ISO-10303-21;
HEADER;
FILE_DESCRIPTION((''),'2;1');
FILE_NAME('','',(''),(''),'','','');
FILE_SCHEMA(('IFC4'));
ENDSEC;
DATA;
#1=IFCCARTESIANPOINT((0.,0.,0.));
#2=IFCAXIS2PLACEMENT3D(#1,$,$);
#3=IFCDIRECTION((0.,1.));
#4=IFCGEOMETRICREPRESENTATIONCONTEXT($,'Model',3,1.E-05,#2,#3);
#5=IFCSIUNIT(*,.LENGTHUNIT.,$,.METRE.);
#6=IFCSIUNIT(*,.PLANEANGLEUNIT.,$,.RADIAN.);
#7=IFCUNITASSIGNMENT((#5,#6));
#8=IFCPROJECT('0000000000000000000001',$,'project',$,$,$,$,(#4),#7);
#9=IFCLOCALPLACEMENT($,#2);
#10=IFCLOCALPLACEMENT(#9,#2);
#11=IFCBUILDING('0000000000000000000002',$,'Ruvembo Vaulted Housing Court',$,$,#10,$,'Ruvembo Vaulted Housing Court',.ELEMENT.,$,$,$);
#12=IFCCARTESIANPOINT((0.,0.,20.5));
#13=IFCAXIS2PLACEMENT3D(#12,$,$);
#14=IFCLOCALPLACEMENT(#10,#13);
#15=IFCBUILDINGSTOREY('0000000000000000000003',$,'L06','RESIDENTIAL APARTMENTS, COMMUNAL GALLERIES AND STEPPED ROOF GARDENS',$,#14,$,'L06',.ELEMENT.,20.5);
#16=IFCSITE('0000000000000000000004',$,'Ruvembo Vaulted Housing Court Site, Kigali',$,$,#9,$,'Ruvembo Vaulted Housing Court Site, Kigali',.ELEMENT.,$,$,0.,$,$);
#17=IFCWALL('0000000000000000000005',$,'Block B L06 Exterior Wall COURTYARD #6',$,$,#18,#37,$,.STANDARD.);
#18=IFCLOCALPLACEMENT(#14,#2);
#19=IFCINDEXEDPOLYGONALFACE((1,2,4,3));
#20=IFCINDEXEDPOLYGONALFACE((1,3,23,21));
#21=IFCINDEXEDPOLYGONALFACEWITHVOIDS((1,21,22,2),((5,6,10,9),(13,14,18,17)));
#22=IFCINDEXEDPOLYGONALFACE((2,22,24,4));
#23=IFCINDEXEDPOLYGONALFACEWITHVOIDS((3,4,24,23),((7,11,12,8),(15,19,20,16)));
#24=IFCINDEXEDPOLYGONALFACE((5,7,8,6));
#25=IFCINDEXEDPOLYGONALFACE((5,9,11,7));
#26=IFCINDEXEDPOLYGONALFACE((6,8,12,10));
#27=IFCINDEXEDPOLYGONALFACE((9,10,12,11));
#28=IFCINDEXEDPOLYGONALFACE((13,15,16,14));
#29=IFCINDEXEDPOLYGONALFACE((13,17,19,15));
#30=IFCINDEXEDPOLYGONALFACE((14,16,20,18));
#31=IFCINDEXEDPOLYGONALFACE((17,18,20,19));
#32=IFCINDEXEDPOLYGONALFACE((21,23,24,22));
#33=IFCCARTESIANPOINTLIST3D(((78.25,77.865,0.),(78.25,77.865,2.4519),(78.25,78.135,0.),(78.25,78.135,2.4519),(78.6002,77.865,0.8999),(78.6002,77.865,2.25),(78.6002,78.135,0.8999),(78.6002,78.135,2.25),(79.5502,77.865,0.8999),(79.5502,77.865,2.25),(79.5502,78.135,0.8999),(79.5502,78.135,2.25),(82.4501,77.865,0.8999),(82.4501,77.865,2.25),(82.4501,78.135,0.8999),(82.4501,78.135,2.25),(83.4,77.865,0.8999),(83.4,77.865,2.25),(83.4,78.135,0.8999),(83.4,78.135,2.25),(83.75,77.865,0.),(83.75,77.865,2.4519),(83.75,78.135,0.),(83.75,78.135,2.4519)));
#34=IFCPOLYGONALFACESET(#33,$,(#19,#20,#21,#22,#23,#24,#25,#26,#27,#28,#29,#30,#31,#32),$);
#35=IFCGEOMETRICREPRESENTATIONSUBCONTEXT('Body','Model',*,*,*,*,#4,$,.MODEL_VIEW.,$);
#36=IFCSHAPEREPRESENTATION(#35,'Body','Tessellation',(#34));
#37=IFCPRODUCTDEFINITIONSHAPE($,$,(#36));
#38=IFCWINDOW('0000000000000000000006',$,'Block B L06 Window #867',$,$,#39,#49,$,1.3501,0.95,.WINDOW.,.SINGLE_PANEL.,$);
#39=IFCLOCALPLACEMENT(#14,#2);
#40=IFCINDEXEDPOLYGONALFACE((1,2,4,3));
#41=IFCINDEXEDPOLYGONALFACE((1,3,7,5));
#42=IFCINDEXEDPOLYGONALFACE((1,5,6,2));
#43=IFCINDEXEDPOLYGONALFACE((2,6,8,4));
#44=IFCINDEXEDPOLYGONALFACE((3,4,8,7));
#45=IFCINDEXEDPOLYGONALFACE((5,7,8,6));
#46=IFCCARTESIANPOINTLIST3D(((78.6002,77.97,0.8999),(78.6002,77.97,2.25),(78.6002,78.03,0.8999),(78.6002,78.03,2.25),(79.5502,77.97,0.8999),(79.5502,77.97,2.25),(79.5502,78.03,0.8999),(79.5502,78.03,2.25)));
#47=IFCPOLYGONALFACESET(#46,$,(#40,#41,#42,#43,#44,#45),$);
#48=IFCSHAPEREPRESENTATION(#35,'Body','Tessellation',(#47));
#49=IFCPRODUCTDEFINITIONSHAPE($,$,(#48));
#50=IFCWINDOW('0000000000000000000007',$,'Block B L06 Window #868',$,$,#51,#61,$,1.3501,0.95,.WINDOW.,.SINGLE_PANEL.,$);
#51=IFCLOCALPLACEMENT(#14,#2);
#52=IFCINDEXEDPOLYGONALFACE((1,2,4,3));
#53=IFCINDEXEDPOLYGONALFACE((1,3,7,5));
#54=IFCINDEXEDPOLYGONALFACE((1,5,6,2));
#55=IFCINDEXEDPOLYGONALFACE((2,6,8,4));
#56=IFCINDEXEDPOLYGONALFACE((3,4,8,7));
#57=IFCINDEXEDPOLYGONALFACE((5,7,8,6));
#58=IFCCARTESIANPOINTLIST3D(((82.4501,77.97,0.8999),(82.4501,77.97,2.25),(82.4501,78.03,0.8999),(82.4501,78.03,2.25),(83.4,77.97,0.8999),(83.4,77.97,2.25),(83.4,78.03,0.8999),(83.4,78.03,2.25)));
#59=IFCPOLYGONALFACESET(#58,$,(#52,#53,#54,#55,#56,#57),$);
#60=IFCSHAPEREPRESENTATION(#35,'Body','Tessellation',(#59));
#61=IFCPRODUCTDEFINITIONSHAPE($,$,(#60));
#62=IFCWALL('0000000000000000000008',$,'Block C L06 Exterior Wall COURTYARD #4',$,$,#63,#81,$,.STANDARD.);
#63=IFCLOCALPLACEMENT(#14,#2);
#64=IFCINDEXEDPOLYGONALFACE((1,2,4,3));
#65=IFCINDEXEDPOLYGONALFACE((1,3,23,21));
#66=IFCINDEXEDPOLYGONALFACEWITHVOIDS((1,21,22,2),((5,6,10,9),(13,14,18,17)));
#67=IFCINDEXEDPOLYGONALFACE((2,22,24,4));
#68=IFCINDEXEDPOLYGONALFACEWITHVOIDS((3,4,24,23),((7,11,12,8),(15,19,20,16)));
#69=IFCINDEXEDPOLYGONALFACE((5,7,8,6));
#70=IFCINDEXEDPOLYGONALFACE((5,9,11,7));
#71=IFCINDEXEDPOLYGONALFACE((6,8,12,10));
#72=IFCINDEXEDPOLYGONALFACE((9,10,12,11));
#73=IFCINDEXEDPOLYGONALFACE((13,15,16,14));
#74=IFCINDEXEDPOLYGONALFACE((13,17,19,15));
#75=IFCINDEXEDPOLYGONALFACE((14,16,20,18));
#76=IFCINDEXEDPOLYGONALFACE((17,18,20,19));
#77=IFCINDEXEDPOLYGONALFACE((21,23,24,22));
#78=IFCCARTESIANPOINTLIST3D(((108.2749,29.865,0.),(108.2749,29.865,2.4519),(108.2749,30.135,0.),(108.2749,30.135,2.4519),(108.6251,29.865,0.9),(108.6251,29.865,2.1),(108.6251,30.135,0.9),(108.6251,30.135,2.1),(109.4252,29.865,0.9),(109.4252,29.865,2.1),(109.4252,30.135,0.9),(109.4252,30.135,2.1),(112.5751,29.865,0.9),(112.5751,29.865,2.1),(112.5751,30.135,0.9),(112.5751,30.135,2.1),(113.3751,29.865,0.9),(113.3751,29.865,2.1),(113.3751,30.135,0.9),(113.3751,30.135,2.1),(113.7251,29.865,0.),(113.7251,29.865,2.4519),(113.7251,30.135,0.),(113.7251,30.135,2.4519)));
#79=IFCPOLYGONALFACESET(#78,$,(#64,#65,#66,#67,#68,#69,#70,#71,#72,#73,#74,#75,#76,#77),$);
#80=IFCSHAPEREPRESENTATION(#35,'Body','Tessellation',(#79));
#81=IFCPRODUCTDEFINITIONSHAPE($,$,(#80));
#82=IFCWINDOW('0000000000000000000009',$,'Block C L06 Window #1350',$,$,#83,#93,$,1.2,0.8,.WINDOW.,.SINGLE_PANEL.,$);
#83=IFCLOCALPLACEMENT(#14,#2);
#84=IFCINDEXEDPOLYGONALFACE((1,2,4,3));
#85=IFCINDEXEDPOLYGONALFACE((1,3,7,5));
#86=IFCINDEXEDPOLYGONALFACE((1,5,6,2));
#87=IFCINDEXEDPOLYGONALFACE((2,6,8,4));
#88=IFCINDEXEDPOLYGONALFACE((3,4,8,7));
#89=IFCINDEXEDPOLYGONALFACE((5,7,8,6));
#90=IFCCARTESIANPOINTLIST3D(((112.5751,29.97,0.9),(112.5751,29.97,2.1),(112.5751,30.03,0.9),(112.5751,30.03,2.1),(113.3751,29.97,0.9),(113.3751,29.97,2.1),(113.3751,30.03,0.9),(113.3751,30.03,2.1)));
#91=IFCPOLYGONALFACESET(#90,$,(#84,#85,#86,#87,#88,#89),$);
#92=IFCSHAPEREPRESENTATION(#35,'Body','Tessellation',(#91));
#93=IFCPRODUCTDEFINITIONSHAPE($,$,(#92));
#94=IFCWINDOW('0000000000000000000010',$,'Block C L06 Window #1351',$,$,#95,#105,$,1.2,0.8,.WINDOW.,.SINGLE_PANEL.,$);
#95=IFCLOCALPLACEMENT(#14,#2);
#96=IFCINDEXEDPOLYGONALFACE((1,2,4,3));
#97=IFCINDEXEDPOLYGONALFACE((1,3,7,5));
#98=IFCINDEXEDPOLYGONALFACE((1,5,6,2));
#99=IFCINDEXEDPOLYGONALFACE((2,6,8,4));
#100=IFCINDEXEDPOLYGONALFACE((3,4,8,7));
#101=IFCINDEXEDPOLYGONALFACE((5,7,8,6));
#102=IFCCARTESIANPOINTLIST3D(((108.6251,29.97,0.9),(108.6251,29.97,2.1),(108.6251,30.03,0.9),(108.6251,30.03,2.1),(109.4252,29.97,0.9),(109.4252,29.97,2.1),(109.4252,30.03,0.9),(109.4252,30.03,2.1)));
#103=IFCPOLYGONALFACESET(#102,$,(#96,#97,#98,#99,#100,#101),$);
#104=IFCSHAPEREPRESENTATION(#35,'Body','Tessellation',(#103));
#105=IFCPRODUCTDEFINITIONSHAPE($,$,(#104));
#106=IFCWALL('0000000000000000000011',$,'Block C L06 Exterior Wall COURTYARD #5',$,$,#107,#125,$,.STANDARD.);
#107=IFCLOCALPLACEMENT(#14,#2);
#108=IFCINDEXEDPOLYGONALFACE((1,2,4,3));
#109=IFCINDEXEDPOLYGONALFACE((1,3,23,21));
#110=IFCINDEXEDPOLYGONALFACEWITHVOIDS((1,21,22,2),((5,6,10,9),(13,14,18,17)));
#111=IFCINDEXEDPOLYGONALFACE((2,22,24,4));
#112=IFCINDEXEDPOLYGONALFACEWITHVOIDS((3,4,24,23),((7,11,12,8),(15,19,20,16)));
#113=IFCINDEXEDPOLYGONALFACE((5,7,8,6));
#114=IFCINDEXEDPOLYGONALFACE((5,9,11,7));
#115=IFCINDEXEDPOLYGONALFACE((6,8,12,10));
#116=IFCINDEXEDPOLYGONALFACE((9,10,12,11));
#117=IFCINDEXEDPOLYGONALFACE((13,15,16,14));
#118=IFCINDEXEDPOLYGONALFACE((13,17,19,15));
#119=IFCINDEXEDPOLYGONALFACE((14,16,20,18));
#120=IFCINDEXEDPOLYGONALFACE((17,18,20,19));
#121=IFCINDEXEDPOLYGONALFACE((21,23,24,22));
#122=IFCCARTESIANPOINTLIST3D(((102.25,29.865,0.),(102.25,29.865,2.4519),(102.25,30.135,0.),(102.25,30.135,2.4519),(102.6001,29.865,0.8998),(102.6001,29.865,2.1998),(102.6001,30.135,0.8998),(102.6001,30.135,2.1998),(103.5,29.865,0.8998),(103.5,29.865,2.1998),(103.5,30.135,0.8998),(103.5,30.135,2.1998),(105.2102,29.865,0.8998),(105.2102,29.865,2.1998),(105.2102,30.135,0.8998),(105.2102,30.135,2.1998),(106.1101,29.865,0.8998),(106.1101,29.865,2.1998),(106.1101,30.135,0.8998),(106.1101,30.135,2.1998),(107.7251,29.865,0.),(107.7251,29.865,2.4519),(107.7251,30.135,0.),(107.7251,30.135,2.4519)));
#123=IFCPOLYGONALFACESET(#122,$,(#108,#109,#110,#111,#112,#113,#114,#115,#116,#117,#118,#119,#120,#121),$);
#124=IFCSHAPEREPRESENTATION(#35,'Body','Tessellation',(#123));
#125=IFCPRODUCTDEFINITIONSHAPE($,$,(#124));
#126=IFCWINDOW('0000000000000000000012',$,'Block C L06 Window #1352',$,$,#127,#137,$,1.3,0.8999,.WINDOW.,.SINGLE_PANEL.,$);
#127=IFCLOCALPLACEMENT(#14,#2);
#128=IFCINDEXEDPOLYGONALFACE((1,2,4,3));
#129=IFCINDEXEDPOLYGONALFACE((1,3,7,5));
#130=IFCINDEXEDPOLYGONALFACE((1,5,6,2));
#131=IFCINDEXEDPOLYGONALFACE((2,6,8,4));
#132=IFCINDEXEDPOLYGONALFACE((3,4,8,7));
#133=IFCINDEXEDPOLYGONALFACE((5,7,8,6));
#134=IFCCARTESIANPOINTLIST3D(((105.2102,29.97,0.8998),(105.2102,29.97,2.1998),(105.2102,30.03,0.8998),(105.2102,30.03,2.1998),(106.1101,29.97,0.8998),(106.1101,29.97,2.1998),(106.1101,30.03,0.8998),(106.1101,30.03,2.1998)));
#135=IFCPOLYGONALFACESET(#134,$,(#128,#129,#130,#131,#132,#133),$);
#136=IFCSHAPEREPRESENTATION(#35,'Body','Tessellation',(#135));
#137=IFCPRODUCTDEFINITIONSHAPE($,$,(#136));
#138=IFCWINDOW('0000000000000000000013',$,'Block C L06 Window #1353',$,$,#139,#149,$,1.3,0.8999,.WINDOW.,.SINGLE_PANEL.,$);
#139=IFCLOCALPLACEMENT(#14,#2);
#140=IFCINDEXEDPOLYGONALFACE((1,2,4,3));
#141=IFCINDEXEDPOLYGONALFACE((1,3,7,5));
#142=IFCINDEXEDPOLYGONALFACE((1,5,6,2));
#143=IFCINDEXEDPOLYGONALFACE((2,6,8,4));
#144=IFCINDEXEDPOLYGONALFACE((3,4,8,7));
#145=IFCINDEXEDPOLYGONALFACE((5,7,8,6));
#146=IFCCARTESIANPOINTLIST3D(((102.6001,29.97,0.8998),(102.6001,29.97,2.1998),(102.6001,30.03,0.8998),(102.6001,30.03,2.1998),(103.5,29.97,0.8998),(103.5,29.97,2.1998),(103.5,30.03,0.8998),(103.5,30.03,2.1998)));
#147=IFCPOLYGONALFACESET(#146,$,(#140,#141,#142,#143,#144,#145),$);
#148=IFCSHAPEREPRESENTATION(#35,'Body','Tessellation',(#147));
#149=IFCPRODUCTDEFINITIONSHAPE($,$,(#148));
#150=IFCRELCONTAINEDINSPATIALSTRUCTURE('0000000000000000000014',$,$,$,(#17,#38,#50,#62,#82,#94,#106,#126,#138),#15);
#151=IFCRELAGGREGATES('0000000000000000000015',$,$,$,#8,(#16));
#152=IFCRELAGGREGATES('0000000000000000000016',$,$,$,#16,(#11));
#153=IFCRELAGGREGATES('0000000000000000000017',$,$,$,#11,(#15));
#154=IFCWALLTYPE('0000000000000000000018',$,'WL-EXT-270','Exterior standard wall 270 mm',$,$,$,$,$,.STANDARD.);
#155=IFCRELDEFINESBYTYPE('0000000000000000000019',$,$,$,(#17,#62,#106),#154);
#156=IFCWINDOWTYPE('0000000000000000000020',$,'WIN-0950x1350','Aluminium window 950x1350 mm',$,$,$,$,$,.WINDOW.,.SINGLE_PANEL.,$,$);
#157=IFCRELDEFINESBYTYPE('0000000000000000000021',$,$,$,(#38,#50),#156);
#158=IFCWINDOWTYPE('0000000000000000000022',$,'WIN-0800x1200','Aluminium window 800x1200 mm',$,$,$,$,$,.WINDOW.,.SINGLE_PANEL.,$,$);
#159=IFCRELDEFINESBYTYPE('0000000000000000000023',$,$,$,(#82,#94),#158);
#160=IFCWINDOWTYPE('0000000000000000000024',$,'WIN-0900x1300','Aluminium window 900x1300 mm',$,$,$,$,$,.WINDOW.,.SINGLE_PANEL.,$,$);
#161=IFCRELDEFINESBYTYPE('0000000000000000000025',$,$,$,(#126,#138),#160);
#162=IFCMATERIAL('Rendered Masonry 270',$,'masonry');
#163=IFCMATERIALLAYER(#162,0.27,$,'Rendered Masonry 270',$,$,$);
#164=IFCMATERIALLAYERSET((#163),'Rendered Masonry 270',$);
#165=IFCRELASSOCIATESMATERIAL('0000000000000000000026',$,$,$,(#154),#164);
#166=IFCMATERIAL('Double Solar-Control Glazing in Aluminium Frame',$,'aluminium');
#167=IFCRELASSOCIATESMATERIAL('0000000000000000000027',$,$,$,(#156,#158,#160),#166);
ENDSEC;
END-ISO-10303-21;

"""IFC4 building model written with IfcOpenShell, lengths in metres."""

from ifc_helpers import new_model, si_unit, direction, frame, frame_2d, origin, place, context, subcontext, project, spatial, rectangle, extrude, material, layer, layer_set, type_object, element, fill, save


model = new_model("IFC4")

# Units and contexts
model_context = context("Model", 3, precision=1e-05, world=origin(), true_north=direction((0.0, 1.0)))
body_context = subcontext(model_context, "Body", "Model", "MODEL_VIEW")
ifc_project = project(units=[si_unit("LENGTHUNIT", "METRE"), si_unit("PLANEANGLEUNIT", "RADIAN")], contexts=[model_context])

# Site, building, storey
site_placement = place(None, origin())
site = spatial("IfcSite", under=ifc_project, at=site_placement, Name="Ruvembo Vaulted Housing Court Site, Kigali", LongName="Ruvembo Vaulted Housing Court Site, Kigali", CompositionType="ELEMENT", RefElevation=0.0)
building_placement = place(site_placement, origin())
building = spatial("IfcBuilding", under=site, at=building_placement, Name="Ruvembo Vaulted Housing Court", LongName="Ruvembo Vaulted Housing Court", CompositionType="ELEMENT")
storey_placement = place(building_placement, frame((0.0, 0.0, 20.5)))
storey = spatial("IfcBuildingStorey", under=building, at=storey_placement, Name="L06", Description="RESIDENTIAL APARTMENTS, COMMUNAL GALLERIES AND STEPPED ROOF GARDENS", LongName="L06", CompositionType="ELEMENT", Elevation=20.5)

# Walls, openings, windows
ifc_material_1 = material(Name="Rendered Masonry 270", Category="masonry")
ifc_layer_1 = layer(ifc_material_1, 0.27, Name="Rendered Masonry 270")
ifc_layer_set_1 = layer_set([ifc_layer_1], Name="Rendered Masonry 270")
wall_type_1 = type_object("IfcWallType", Name="WL-EXT-270", Description="Exterior standard wall 270 mm", PredefinedType="STANDARD", material=ifc_layer_set_1)
wall_1_placement = place(storey_placement, frame((78.25, 78.0, 0.0), z_axis=(0.0, 0.0, 1.0), x_axis=(1.0, 0.0, 0.0)))
wall_1 = element("IfcWall", 1, at=wall_1_placement, inside=storey, type_object=wall_type_1, Name="Block B L06 Exterior Wall COURTYARD #6", PredefinedType="STANDARD", context=body_context, shape_type="SweptSolid", body=[
    extrude(rectangle(XDim=5.5, YDim=0.27, at=frame_2d((2.75, 0.0))), origin(), (0.0, 0.0, 1.0), 2.4519),
])
opening_1_placement = place(wall_1_placement, frame((0.3501, 0.0, 0.8999)))
opening_1 = element("IfcOpeningElement", 2, at=opening_1_placement, cuts=wall_1, PredefinedType="OPENING", context=body_context, shape_type="SweptSolid", body=[
    extrude(rectangle(XDim=0.95, YDim=1.3501, at=frame_2d((0.4751, 0.675))), frame((0.0, 0.145, 0.0), z_axis=(0.0, -1.0, 0.0), x_axis=(1.0, 0.0, 0.0)), (0.0, 0.0, 1.0), 0.29),
])
opening_2_placement = place(wall_1_placement, frame((4.2, 0.0, 0.8999)))
opening_2 = element("IfcOpeningElement", 3, at=opening_2_placement, cuts=wall_1, PredefinedType="OPENING", context=body_context, shape_type="SweptSolid", body=[
    extrude(rectangle(XDim=0.95, YDim=1.3501, at=frame_2d((0.4751, 0.675))), frame((0.0, 0.145, 0.0), z_axis=(0.0, -1.0, 0.0), x_axis=(1.0, 0.0, 0.0)), (0.0, 0.0, 1.0), 0.29),
])
ifc_material_2 = material(Name="Double Solar-Control Glazing in Aluminium Frame", Category="aluminium")
window_type_1 = type_object("IfcWindowType", Name="WIN-0950x1350", Description="Aluminium window 950x1350 mm", PartitioningType="SINGLE_PANEL", PredefinedType="WINDOW", material=ifc_material_2)
window_1_placement = place(opening_1_placement, origin())
window_1 = element("IfcWindow", 4, at=window_1_placement, inside=storey, type_object=window_type_1, Name="Block B L06 Window #867", OverallHeight=1.3501, OverallWidth=0.95, PartitioningType="SINGLE_PANEL", PredefinedType="WINDOW", context=body_context, shape_type="SweptSolid", body=[
    extrude(rectangle(XDim=0.95, YDim=1.3501, at=frame_2d((0.4751, 0.675))), frame((0.0, 0.03, 0.0), z_axis=(0.0, -1.0, 0.0), x_axis=(1.0, 0.0, 0.0)), (0.0, 0.0, 1.0), 0.0601),
])
fill(opening_1, window_1)
window_2_placement = place(opening_2_placement, origin())
window_2 = element("IfcWindow", 5, at=window_2_placement, inside=storey, type_object=window_type_1, Name="Block B L06 Window #868", OverallHeight=1.3501, OverallWidth=0.95, PartitioningType="SINGLE_PANEL", PredefinedType="WINDOW", context=body_context, shape_type="SweptSolid", body=[
    extrude(rectangle(XDim=0.95, YDim=1.3501, at=frame_2d((0.4751, 0.675))), frame((0.0, 0.03, 0.0), z_axis=(0.0, -1.0, 0.0), x_axis=(1.0, 0.0, 0.0)), (0.0, 0.0, 1.0), 0.0601),
])
fill(opening_2, window_2)
wall_2_placement = place(storey_placement, frame((113.7251, 30.0, 0.0), z_axis=(0.0, 0.0, 1.0), x_axis=(-1.0, 0.0, 0.0)))
wall_2 = element("IfcWall", 6, at=wall_2_placement, inside=storey, type_object=wall_type_1, Name="Block C L06 Exterior Wall COURTYARD #4", PredefinedType="STANDARD", context=body_context, shape_type="SweptSolid", body=[
    extrude(rectangle(XDim=5.4502, YDim=0.27, at=frame_2d((2.7251, 0.0))), origin(), (0.0, 0.0, 1.0), 2.4519),
])
opening_3_placement = place(wall_2_placement, frame((0.3501, 0.0, 0.8999)))
opening_3 = element("IfcOpeningElement", 7, at=opening_3_placement, cuts=wall_2, PredefinedType="OPENING", context=body_context, shape_type="SweptSolid", body=[
    extrude(rectangle(XDim=0.8, YDim=1.2, at=frame_2d((0.3999, 0.6001))), frame((0.0, 0.145, 0.0), z_axis=(0.0, -1.0, 0.0), x_axis=(1.0, 0.0, 0.0)), (0.0, 0.0, 1.0), 0.29),
])
opening_4_placement = place(wall_2_placement, frame((4.3, 0.0, 0.8999)))
opening_4 = element("IfcOpeningElement", 8, at=opening_4_placement, cuts=wall_2, PredefinedType="OPENING", context=body_context, shape_type="SweptSolid", body=[
    extrude(rectangle(XDim=0.8, YDim=1.2, at=frame_2d((0.3999, 0.6001))), frame((0.0, 0.145, 0.0), z_axis=(0.0, -1.0, 0.0), x_axis=(1.0, 0.0, 0.0)), (0.0, 0.0, 1.0), 0.29),
])
window_type_2 = type_object("IfcWindowType", Name="WIN-0800x1200", Description="Aluminium window 800x1200 mm", PartitioningType="SINGLE_PANEL", PredefinedType="WINDOW", material=ifc_material_2)
window_3_placement = place(opening_3_placement, origin())
window_3 = element("IfcWindow", 9, at=window_3_placement, inside=storey, type_object=window_type_2, Name="Block C L06 Window #1350", OverallHeight=1.2, OverallWidth=0.8, PartitioningType="SINGLE_PANEL", PredefinedType="WINDOW", context=body_context, shape_type="SweptSolid", body=[
    extrude(rectangle(XDim=0.8, YDim=1.2, at=frame_2d((0.3999, 0.6001))), frame((0.0, 0.03, 0.0), z_axis=(0.0, -1.0, 0.0), x_axis=(1.0, 0.0, 0.0)), (0.0, 0.0, 1.0), 0.0601),
])
fill(opening_3, window_3)
window_4_placement = place(opening_4_placement, origin())
window_4 = element("IfcWindow", 10, at=window_4_placement, inside=storey, type_object=window_type_2, Name="Block C L06 Window #1351", OverallHeight=1.2, OverallWidth=0.8, PartitioningType="SINGLE_PANEL", PredefinedType="WINDOW", context=body_context, shape_type="SweptSolid", body=[
    extrude(rectangle(XDim=0.8, YDim=1.2, at=frame_2d((0.3999, 0.6001))), frame((0.0, 0.03, 0.0), z_axis=(0.0, -1.0, 0.0), x_axis=(1.0, 0.0, 0.0)), (0.0, 0.0, 1.0), 0.0601),
])
fill(opening_4, window_4)
wall_3_placement = place(storey_placement, frame((107.7251, 30.0, 0.0), z_axis=(0.0, 0.0, 1.0), x_axis=(-1.0, 0.0, 0.0)))
wall_3 = element("IfcWall", 11, at=wall_3_placement, inside=storey, type_object=wall_type_1, Name="Block C L06 Exterior Wall COURTYARD #5", PredefinedType="STANDARD", context=body_context, shape_type="SweptSolid", body=[
    extrude(rectangle(XDim=5.4751, YDim=0.27, at=frame_2d((2.7375, 0.0))), origin(), (0.0, 0.0, 1.0), 2.4519),
])
opening_5_placement = place(wall_3_placement, frame((1.615, 0.0, 0.8999)))
opening_5 = element("IfcOpeningElement", 12, at=opening_5_placement, cuts=wall_3, PredefinedType="OPENING", context=body_context, shape_type="SweptSolid", body=[
    extrude(rectangle(XDim=0.8999, YDim=1.3, at=frame_2d((0.45, 0.6499))), frame((0.0, 0.145, 0.0), z_axis=(0.0, -1.0, 0.0), x_axis=(1.0, 0.0, 0.0)), (0.0, 0.0, 1.0), 0.29),
])
opening_6_placement = place(wall_3_placement, frame((4.2251, 0.0, 0.8999)))
opening_6 = element("IfcOpeningElement", 13, at=opening_6_placement, cuts=wall_3, PredefinedType="OPENING", context=body_context, shape_type="SweptSolid", body=[
    extrude(rectangle(XDim=0.8999, YDim=1.3, at=frame_2d((0.45, 0.6499))), frame((0.0, 0.145, 0.0), z_axis=(0.0, -1.0, 0.0), x_axis=(1.0, 0.0, 0.0)), (0.0, 0.0, 1.0), 0.29),
])
window_type_3 = type_object("IfcWindowType", Name="WIN-0900x1300", Description="Aluminium window 900x1300 mm", PartitioningType="SINGLE_PANEL", PredefinedType="WINDOW", material=ifc_material_2)
window_5_placement = place(opening_5_placement, origin())
window_5 = element("IfcWindow", 14, at=window_5_placement, inside=storey, type_object=window_type_3, Name="Block C L06 Window #1352", OverallHeight=1.3, OverallWidth=0.8999, PartitioningType="SINGLE_PANEL", PredefinedType="WINDOW", context=body_context, shape_type="SweptSolid", body=[
    extrude(rectangle(XDim=0.8999, YDim=1.3, at=frame_2d((0.45, 0.6499))), frame((0.0, 0.03, 0.0), z_axis=(0.0, -1.0, 0.0), x_axis=(1.0, 0.0, 0.0)), (0.0, 0.0, 1.0), 0.0601),
])
fill(opening_5, window_5)
window_6_placement = place(opening_6_placement, origin())
window_6 = element("IfcWindow", 15, at=window_6_placement, inside=storey, type_object=window_type_3, Name="Block C L06 Window #1353", OverallHeight=1.3, OverallWidth=0.8999, PartitioningType="SINGLE_PANEL", PredefinedType="WINDOW", context=body_context, shape_type="SweptSolid", body=[
    extrude(rectangle(XDim=0.8999, YDim=1.3, at=frame_2d((0.45, 0.6499))), frame((0.0, 0.03, 0.0), z_axis=(0.0, -1.0, 0.0), x_axis=(1.0, 0.0, 0.0)), (0.0, 0.0, 1.0), 0.0601),
])
fill(opening_6, window_6)

save(model, "model.ifc")
